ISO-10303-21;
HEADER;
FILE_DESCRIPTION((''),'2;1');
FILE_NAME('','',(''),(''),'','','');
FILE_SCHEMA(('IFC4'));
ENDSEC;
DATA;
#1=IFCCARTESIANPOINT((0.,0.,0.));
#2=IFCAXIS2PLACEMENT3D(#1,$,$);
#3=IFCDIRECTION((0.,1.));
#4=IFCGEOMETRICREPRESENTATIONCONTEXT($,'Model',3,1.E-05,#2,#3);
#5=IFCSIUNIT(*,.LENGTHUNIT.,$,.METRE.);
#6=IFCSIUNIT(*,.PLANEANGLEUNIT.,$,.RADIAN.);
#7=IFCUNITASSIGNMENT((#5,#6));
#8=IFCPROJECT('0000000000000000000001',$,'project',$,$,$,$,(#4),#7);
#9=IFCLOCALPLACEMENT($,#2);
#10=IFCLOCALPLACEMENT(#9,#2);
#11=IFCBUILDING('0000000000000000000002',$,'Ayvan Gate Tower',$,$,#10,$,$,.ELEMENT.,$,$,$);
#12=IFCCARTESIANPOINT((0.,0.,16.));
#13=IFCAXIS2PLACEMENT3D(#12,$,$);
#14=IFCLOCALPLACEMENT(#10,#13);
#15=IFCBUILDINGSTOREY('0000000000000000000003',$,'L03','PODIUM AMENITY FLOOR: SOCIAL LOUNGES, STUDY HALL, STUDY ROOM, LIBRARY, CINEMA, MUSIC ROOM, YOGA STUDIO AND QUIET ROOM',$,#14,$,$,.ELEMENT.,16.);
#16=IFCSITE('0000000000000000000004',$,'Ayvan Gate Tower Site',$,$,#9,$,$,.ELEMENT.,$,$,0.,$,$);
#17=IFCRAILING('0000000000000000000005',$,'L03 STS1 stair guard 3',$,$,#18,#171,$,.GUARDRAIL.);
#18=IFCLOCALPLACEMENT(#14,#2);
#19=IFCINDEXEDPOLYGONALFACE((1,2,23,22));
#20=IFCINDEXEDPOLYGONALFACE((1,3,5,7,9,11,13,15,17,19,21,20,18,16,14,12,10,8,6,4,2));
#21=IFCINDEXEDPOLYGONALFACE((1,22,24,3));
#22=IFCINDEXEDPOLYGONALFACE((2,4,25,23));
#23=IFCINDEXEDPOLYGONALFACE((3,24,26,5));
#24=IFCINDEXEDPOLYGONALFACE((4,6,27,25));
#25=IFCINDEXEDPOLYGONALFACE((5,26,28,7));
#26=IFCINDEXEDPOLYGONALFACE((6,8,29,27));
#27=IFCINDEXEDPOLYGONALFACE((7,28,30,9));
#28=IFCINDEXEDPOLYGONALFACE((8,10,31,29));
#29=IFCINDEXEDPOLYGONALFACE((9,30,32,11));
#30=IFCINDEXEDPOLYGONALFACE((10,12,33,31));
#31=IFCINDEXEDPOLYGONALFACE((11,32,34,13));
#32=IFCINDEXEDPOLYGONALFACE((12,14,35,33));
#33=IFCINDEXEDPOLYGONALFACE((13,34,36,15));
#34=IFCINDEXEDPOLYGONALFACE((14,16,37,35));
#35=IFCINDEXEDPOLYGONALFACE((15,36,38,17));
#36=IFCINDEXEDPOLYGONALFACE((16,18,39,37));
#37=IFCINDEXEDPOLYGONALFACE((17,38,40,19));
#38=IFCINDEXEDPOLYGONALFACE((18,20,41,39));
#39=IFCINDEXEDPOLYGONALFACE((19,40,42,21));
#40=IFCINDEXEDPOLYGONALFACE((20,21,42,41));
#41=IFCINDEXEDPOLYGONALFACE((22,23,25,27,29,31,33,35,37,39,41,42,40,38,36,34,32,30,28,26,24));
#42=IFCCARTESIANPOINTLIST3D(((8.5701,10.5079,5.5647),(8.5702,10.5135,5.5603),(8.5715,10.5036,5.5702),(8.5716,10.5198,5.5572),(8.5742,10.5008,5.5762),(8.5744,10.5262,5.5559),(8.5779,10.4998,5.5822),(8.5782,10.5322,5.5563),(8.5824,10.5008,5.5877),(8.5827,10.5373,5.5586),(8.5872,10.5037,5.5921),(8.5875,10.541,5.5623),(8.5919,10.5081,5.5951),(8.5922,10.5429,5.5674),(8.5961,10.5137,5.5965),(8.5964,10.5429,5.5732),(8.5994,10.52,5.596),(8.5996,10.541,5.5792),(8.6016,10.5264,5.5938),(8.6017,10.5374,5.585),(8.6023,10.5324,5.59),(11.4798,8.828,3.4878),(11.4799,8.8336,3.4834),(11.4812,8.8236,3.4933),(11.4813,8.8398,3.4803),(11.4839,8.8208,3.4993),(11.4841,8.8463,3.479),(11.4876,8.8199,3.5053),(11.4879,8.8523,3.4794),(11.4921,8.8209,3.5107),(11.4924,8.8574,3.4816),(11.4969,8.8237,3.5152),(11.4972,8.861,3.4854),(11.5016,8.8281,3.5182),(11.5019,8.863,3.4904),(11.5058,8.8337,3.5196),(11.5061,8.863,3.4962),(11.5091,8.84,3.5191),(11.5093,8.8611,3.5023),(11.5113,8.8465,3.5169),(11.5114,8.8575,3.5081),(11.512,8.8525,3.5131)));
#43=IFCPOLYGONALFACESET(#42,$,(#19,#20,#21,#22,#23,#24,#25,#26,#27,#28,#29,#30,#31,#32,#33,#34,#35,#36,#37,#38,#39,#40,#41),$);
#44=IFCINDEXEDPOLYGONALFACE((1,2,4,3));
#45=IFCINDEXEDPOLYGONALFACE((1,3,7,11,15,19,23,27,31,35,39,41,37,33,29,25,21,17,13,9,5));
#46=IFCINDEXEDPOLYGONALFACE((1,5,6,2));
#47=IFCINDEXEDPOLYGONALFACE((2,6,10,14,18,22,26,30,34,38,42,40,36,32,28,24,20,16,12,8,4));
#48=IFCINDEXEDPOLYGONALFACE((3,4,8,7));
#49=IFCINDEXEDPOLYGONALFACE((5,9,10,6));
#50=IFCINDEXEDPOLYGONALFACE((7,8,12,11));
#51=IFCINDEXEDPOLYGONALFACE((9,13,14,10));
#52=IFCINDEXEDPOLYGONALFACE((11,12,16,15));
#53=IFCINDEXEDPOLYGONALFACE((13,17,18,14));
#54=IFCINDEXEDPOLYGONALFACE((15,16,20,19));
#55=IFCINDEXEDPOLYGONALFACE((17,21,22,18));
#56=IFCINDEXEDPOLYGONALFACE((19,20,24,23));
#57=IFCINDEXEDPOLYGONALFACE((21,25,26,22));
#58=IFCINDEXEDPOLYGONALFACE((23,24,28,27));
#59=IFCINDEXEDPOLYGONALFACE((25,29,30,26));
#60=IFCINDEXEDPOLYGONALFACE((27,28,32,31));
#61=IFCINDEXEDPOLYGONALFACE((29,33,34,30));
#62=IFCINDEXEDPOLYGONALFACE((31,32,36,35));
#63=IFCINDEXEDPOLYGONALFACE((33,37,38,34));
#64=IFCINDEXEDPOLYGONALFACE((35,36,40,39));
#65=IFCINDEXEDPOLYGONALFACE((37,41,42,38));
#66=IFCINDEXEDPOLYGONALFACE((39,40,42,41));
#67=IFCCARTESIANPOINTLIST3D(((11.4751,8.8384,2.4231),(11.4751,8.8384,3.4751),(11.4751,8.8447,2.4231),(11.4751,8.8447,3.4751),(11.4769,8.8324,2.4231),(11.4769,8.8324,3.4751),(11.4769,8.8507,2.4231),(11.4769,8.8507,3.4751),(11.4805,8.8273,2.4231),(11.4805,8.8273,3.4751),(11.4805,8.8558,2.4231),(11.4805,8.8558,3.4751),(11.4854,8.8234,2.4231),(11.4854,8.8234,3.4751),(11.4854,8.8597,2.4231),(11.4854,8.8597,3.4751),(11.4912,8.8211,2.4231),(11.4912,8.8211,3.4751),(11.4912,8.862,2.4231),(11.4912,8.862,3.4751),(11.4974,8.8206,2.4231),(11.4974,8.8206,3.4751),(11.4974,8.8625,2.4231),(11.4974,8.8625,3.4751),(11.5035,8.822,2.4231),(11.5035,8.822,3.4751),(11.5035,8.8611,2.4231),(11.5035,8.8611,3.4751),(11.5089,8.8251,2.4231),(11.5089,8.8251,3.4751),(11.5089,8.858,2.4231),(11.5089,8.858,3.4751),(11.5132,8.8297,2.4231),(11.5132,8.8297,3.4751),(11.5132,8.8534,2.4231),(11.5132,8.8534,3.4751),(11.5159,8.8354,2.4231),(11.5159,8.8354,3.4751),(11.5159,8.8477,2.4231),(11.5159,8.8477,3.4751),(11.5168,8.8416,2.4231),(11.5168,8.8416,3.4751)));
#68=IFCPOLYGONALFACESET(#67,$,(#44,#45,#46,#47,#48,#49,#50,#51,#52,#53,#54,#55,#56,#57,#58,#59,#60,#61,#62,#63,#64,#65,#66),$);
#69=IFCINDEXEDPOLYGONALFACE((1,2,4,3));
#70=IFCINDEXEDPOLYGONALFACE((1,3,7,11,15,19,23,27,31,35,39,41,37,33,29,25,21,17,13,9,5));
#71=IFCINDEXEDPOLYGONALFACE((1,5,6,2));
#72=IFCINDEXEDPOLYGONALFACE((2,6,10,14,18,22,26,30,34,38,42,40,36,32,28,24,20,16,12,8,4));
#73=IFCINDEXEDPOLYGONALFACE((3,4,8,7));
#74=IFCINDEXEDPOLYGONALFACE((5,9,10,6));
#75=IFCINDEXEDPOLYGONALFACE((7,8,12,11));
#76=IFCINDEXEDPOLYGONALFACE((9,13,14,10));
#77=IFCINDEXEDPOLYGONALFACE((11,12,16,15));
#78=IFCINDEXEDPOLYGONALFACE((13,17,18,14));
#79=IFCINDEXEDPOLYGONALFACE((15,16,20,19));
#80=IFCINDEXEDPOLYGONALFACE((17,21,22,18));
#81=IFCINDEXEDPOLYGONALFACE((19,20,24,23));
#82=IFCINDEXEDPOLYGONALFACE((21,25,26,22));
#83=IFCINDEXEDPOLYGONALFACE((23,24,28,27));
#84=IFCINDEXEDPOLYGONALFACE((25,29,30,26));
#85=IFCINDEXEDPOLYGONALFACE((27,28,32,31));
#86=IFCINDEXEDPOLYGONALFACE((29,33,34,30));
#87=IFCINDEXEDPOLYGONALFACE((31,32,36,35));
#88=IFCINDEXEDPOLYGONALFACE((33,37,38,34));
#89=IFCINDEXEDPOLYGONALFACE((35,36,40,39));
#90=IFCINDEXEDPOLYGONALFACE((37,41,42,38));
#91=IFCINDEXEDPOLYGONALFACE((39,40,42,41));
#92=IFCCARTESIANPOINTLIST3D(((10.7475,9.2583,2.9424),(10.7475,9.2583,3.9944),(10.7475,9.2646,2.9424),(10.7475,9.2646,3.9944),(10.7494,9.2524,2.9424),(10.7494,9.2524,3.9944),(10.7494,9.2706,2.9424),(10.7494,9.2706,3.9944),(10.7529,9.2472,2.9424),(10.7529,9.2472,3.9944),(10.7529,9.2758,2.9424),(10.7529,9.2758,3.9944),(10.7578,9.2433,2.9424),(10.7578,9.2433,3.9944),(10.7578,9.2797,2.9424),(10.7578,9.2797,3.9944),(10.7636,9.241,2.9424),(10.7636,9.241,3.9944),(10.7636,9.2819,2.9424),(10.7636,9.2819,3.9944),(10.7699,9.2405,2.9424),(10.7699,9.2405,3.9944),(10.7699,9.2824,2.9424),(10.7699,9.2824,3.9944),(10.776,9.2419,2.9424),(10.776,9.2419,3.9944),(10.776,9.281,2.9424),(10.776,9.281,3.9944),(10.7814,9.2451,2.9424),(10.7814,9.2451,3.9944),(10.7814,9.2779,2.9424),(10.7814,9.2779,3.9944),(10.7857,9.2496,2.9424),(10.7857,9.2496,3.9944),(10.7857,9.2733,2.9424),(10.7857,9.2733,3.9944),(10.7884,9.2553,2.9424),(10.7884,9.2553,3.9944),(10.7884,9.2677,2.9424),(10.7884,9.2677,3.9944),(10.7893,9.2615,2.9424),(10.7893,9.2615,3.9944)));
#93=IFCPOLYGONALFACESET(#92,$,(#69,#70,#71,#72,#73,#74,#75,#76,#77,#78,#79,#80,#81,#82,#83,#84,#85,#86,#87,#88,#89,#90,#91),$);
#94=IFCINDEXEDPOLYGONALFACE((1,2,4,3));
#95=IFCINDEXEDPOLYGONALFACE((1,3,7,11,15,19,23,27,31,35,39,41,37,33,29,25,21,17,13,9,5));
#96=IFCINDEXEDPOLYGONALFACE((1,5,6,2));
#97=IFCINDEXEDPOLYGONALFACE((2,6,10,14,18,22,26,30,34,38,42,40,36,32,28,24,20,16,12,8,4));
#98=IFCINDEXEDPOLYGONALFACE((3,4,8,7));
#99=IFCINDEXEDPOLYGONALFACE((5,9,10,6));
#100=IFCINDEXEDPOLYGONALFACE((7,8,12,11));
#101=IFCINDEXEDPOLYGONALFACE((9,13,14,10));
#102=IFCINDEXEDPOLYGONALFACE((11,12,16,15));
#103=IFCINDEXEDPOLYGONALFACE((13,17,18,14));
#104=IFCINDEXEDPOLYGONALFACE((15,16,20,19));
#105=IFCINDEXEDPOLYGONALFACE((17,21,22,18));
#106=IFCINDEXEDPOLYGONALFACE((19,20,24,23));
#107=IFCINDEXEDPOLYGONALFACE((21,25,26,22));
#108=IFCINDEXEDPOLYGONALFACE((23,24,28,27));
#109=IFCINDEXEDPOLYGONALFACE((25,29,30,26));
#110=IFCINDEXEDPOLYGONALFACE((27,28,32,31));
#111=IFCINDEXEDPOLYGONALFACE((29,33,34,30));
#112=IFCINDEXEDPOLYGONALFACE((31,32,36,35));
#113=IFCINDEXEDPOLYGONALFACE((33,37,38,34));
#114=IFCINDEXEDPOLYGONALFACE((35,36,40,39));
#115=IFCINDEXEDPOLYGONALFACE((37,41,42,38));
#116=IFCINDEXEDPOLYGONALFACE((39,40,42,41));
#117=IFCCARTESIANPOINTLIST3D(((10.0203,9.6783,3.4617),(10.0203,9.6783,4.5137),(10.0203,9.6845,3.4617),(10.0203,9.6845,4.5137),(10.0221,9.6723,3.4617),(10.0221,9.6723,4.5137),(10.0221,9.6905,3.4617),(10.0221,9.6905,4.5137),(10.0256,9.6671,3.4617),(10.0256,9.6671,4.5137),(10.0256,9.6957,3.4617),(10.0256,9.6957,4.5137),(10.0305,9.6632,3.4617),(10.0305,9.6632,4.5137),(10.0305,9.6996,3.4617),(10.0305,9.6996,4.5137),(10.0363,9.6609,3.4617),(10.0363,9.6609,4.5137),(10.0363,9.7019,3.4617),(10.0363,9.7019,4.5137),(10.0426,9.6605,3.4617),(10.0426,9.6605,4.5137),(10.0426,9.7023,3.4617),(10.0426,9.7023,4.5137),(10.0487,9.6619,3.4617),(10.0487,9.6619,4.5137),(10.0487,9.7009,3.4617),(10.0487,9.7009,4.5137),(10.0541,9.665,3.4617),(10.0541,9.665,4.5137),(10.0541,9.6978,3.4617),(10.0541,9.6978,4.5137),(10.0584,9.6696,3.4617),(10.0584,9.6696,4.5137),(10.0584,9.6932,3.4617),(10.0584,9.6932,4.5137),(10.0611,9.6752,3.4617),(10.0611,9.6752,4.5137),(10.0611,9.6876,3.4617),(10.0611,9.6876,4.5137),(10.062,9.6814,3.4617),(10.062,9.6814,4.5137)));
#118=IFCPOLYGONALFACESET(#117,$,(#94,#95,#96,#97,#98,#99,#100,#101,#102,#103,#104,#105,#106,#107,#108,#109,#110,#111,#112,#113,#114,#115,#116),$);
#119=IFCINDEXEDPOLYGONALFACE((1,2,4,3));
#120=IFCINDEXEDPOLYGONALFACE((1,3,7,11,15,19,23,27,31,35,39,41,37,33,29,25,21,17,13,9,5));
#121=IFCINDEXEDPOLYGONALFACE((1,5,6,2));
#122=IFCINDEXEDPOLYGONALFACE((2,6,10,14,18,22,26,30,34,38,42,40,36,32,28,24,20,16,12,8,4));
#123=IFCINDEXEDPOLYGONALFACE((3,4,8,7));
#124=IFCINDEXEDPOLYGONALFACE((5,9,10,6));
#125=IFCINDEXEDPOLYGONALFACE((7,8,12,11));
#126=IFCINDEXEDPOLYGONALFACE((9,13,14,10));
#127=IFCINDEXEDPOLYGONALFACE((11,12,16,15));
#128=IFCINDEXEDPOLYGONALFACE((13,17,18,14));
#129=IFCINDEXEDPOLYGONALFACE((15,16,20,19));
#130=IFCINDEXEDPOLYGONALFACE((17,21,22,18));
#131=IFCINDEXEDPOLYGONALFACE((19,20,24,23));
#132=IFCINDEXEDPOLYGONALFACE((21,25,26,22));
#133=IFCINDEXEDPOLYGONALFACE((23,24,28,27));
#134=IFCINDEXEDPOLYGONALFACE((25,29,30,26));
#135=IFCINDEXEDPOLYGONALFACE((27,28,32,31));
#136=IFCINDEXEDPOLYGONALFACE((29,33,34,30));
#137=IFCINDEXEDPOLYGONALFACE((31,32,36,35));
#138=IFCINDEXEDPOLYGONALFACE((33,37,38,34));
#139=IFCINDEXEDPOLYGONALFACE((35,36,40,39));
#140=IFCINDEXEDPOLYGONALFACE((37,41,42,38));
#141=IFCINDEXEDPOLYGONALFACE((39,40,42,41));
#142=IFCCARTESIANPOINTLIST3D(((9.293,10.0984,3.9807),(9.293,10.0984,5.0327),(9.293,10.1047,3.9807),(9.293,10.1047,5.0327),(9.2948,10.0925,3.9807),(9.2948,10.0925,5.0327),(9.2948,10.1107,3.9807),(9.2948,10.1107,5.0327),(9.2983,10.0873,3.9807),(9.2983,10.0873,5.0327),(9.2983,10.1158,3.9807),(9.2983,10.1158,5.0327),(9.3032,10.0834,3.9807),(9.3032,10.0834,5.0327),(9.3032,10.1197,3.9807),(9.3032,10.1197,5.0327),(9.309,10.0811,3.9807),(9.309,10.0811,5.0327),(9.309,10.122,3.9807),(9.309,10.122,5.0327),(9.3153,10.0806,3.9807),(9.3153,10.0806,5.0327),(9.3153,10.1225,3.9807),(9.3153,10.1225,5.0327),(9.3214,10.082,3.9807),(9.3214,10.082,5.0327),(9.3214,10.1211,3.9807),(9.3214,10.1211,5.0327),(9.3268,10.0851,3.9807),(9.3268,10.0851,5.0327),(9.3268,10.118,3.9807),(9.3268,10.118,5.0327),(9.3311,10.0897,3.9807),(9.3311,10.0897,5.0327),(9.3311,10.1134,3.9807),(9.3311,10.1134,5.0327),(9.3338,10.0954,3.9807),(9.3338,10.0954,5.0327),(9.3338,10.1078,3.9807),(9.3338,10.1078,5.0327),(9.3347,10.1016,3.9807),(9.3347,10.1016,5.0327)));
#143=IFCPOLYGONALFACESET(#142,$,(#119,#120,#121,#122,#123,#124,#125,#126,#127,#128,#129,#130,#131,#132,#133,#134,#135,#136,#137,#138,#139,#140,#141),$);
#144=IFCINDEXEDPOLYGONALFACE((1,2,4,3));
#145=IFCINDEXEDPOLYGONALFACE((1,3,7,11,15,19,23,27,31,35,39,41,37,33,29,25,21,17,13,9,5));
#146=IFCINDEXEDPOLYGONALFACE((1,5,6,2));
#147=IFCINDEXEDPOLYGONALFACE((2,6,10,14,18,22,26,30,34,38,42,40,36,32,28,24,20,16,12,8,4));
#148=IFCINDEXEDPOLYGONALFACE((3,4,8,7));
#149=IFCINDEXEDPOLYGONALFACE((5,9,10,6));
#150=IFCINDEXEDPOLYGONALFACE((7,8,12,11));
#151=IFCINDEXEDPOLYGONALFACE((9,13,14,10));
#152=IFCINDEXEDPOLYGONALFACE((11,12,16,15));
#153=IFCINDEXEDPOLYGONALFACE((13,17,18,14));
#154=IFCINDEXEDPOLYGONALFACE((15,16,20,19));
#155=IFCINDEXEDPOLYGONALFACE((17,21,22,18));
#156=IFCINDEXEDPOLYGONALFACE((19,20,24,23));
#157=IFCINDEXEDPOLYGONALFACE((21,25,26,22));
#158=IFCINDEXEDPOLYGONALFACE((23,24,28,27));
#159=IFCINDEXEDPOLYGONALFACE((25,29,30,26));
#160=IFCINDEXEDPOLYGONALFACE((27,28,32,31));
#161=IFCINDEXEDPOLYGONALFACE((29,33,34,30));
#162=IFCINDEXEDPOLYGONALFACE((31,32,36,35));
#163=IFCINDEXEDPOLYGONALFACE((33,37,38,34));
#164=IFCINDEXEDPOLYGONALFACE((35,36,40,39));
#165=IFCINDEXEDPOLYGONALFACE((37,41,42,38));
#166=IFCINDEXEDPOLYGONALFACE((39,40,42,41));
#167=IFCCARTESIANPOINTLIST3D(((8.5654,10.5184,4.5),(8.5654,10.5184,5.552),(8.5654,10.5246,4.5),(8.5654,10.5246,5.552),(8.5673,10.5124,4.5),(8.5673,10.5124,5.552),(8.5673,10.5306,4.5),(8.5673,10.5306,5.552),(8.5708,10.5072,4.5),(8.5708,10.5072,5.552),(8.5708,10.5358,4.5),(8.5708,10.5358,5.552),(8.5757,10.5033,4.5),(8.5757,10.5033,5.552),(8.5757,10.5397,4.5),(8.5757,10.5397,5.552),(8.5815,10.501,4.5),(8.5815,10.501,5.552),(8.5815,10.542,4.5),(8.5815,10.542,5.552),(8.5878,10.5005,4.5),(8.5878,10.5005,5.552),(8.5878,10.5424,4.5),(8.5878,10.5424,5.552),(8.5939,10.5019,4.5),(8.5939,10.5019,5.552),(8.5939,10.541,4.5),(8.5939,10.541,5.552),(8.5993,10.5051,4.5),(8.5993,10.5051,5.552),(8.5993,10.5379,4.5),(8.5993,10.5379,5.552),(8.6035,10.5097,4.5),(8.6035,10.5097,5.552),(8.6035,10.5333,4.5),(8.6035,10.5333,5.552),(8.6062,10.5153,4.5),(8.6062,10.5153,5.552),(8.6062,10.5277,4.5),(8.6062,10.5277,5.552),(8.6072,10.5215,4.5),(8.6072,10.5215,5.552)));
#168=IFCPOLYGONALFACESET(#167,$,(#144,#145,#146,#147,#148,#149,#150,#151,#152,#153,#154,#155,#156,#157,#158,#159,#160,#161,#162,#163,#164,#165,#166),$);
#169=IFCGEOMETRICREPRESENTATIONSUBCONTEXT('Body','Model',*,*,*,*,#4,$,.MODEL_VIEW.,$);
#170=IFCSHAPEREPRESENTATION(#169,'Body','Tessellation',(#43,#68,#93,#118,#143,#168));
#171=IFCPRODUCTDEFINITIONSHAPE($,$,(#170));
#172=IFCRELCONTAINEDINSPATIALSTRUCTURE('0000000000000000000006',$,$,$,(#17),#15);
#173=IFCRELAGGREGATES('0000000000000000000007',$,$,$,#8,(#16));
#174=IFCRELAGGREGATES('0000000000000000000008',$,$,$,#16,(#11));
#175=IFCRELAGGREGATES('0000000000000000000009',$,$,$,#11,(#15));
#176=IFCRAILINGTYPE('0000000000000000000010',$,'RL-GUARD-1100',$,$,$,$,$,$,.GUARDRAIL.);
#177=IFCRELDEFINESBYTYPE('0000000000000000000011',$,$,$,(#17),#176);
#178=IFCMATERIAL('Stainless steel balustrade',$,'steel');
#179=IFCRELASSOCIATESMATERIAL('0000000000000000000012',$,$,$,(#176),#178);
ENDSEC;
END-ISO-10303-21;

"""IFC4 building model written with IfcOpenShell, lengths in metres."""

from ifc_helpers import new_model, si_unit, direction, frame, origin, origin_2d, place, context, subcontext, project, spatial, circle, extrude, material, type_object, element, save


model = new_model("IFC4")

# Units and contexts
model_context = context("Model", 3, precision=1e-05, world=origin(), true_north=direction((0.0, 1.0)))
body_context = subcontext(model_context, "Body", "Model", "MODEL_VIEW")
ifc_project = project(units=[si_unit("LENGTHUNIT", "METRE"), si_unit("PLANEANGLEUNIT", "RADIAN")], contexts=[model_context])

# Site, building, storey
site_placement = place(None, origin())
site = spatial("IfcSite", under=ifc_project, at=site_placement, Name="Ayvan Gate Tower Site", CompositionType="ELEMENT", RefElevation=0.0)
building_placement = place(site_placement, origin())
building = spatial("IfcBuilding", under=site, at=building_placement, Name="Ayvan Gate Tower", CompositionType="ELEMENT")
storey_placement = place(building_placement, frame((0.0, 0.0, 16.0)))
storey = spatial("IfcBuildingStorey", under=building, at=storey_placement, Name="L03", Description="PODIUM AMENITY FLOOR: SOCIAL LOUNGES, STUDY HALL, STUDY ROOM, LIBRARY, CINEMA, MUSIC ROOM, YOGA STUDIO AND QUIET ROOM", CompositionType="ELEMENT", Elevation=16.0)

# Railing
ifc_material_1 = material(Name="Stainless steel balustrade", Category="steel")
railing_type_1 = type_object("IfcRailingType", Name="RL-GUARD-1100", PredefinedType="GUARDRAIL", material=ifc_material_1)
railing_1_placement = place(storey_placement, frame((11.4958, 8.8416, 2.4231)))
element("IfcRailing", 1, at=railing_1_placement, inside=storey, type_object=railing_type_1, Name="L03 STS1 stair guard 3", PredefinedType="GUARDRAIL", context=body_context, shape_type="SweptSolid", body=[
    extrude(circle(Radius=0.0239, at=origin_2d()), frame((0.0, 0.0, 1.0762), z_axis=(-0.73664, 0.425308, 0.525809), x_axis=(-0.500008, -0.866021, 0.0)), (0.0, 0.0, 1.0), 3.95),
    extrude(circle(Radius=0.021, at=origin_2d()), origin(), (0.0, 0.0, 1.0), 1.052),
    extrude(circle(Radius=0.021, at=origin_2d()), frame((-0.7275, 0.4199, 0.5193)), (0.0, 0.0, 1.0), 1.052),
    extrude(circle(Radius=0.021, at=origin_2d()), frame((-1.4548, 0.8398, 1.0386)), (0.0, 0.0, 1.0), 1.052),
    extrude(circle(Radius=0.021, at=origin_2d()), frame((-2.1821, 1.26, 1.5576)), (0.0, 0.0, 1.0), 1.052),
    extrude(circle(Radius=0.021, at=origin_2d()), frame((-2.9097, 1.6799, 2.0769)), (0.0, 0.0, 1.0), 1.052),
])

save(model, "model.ifc")
